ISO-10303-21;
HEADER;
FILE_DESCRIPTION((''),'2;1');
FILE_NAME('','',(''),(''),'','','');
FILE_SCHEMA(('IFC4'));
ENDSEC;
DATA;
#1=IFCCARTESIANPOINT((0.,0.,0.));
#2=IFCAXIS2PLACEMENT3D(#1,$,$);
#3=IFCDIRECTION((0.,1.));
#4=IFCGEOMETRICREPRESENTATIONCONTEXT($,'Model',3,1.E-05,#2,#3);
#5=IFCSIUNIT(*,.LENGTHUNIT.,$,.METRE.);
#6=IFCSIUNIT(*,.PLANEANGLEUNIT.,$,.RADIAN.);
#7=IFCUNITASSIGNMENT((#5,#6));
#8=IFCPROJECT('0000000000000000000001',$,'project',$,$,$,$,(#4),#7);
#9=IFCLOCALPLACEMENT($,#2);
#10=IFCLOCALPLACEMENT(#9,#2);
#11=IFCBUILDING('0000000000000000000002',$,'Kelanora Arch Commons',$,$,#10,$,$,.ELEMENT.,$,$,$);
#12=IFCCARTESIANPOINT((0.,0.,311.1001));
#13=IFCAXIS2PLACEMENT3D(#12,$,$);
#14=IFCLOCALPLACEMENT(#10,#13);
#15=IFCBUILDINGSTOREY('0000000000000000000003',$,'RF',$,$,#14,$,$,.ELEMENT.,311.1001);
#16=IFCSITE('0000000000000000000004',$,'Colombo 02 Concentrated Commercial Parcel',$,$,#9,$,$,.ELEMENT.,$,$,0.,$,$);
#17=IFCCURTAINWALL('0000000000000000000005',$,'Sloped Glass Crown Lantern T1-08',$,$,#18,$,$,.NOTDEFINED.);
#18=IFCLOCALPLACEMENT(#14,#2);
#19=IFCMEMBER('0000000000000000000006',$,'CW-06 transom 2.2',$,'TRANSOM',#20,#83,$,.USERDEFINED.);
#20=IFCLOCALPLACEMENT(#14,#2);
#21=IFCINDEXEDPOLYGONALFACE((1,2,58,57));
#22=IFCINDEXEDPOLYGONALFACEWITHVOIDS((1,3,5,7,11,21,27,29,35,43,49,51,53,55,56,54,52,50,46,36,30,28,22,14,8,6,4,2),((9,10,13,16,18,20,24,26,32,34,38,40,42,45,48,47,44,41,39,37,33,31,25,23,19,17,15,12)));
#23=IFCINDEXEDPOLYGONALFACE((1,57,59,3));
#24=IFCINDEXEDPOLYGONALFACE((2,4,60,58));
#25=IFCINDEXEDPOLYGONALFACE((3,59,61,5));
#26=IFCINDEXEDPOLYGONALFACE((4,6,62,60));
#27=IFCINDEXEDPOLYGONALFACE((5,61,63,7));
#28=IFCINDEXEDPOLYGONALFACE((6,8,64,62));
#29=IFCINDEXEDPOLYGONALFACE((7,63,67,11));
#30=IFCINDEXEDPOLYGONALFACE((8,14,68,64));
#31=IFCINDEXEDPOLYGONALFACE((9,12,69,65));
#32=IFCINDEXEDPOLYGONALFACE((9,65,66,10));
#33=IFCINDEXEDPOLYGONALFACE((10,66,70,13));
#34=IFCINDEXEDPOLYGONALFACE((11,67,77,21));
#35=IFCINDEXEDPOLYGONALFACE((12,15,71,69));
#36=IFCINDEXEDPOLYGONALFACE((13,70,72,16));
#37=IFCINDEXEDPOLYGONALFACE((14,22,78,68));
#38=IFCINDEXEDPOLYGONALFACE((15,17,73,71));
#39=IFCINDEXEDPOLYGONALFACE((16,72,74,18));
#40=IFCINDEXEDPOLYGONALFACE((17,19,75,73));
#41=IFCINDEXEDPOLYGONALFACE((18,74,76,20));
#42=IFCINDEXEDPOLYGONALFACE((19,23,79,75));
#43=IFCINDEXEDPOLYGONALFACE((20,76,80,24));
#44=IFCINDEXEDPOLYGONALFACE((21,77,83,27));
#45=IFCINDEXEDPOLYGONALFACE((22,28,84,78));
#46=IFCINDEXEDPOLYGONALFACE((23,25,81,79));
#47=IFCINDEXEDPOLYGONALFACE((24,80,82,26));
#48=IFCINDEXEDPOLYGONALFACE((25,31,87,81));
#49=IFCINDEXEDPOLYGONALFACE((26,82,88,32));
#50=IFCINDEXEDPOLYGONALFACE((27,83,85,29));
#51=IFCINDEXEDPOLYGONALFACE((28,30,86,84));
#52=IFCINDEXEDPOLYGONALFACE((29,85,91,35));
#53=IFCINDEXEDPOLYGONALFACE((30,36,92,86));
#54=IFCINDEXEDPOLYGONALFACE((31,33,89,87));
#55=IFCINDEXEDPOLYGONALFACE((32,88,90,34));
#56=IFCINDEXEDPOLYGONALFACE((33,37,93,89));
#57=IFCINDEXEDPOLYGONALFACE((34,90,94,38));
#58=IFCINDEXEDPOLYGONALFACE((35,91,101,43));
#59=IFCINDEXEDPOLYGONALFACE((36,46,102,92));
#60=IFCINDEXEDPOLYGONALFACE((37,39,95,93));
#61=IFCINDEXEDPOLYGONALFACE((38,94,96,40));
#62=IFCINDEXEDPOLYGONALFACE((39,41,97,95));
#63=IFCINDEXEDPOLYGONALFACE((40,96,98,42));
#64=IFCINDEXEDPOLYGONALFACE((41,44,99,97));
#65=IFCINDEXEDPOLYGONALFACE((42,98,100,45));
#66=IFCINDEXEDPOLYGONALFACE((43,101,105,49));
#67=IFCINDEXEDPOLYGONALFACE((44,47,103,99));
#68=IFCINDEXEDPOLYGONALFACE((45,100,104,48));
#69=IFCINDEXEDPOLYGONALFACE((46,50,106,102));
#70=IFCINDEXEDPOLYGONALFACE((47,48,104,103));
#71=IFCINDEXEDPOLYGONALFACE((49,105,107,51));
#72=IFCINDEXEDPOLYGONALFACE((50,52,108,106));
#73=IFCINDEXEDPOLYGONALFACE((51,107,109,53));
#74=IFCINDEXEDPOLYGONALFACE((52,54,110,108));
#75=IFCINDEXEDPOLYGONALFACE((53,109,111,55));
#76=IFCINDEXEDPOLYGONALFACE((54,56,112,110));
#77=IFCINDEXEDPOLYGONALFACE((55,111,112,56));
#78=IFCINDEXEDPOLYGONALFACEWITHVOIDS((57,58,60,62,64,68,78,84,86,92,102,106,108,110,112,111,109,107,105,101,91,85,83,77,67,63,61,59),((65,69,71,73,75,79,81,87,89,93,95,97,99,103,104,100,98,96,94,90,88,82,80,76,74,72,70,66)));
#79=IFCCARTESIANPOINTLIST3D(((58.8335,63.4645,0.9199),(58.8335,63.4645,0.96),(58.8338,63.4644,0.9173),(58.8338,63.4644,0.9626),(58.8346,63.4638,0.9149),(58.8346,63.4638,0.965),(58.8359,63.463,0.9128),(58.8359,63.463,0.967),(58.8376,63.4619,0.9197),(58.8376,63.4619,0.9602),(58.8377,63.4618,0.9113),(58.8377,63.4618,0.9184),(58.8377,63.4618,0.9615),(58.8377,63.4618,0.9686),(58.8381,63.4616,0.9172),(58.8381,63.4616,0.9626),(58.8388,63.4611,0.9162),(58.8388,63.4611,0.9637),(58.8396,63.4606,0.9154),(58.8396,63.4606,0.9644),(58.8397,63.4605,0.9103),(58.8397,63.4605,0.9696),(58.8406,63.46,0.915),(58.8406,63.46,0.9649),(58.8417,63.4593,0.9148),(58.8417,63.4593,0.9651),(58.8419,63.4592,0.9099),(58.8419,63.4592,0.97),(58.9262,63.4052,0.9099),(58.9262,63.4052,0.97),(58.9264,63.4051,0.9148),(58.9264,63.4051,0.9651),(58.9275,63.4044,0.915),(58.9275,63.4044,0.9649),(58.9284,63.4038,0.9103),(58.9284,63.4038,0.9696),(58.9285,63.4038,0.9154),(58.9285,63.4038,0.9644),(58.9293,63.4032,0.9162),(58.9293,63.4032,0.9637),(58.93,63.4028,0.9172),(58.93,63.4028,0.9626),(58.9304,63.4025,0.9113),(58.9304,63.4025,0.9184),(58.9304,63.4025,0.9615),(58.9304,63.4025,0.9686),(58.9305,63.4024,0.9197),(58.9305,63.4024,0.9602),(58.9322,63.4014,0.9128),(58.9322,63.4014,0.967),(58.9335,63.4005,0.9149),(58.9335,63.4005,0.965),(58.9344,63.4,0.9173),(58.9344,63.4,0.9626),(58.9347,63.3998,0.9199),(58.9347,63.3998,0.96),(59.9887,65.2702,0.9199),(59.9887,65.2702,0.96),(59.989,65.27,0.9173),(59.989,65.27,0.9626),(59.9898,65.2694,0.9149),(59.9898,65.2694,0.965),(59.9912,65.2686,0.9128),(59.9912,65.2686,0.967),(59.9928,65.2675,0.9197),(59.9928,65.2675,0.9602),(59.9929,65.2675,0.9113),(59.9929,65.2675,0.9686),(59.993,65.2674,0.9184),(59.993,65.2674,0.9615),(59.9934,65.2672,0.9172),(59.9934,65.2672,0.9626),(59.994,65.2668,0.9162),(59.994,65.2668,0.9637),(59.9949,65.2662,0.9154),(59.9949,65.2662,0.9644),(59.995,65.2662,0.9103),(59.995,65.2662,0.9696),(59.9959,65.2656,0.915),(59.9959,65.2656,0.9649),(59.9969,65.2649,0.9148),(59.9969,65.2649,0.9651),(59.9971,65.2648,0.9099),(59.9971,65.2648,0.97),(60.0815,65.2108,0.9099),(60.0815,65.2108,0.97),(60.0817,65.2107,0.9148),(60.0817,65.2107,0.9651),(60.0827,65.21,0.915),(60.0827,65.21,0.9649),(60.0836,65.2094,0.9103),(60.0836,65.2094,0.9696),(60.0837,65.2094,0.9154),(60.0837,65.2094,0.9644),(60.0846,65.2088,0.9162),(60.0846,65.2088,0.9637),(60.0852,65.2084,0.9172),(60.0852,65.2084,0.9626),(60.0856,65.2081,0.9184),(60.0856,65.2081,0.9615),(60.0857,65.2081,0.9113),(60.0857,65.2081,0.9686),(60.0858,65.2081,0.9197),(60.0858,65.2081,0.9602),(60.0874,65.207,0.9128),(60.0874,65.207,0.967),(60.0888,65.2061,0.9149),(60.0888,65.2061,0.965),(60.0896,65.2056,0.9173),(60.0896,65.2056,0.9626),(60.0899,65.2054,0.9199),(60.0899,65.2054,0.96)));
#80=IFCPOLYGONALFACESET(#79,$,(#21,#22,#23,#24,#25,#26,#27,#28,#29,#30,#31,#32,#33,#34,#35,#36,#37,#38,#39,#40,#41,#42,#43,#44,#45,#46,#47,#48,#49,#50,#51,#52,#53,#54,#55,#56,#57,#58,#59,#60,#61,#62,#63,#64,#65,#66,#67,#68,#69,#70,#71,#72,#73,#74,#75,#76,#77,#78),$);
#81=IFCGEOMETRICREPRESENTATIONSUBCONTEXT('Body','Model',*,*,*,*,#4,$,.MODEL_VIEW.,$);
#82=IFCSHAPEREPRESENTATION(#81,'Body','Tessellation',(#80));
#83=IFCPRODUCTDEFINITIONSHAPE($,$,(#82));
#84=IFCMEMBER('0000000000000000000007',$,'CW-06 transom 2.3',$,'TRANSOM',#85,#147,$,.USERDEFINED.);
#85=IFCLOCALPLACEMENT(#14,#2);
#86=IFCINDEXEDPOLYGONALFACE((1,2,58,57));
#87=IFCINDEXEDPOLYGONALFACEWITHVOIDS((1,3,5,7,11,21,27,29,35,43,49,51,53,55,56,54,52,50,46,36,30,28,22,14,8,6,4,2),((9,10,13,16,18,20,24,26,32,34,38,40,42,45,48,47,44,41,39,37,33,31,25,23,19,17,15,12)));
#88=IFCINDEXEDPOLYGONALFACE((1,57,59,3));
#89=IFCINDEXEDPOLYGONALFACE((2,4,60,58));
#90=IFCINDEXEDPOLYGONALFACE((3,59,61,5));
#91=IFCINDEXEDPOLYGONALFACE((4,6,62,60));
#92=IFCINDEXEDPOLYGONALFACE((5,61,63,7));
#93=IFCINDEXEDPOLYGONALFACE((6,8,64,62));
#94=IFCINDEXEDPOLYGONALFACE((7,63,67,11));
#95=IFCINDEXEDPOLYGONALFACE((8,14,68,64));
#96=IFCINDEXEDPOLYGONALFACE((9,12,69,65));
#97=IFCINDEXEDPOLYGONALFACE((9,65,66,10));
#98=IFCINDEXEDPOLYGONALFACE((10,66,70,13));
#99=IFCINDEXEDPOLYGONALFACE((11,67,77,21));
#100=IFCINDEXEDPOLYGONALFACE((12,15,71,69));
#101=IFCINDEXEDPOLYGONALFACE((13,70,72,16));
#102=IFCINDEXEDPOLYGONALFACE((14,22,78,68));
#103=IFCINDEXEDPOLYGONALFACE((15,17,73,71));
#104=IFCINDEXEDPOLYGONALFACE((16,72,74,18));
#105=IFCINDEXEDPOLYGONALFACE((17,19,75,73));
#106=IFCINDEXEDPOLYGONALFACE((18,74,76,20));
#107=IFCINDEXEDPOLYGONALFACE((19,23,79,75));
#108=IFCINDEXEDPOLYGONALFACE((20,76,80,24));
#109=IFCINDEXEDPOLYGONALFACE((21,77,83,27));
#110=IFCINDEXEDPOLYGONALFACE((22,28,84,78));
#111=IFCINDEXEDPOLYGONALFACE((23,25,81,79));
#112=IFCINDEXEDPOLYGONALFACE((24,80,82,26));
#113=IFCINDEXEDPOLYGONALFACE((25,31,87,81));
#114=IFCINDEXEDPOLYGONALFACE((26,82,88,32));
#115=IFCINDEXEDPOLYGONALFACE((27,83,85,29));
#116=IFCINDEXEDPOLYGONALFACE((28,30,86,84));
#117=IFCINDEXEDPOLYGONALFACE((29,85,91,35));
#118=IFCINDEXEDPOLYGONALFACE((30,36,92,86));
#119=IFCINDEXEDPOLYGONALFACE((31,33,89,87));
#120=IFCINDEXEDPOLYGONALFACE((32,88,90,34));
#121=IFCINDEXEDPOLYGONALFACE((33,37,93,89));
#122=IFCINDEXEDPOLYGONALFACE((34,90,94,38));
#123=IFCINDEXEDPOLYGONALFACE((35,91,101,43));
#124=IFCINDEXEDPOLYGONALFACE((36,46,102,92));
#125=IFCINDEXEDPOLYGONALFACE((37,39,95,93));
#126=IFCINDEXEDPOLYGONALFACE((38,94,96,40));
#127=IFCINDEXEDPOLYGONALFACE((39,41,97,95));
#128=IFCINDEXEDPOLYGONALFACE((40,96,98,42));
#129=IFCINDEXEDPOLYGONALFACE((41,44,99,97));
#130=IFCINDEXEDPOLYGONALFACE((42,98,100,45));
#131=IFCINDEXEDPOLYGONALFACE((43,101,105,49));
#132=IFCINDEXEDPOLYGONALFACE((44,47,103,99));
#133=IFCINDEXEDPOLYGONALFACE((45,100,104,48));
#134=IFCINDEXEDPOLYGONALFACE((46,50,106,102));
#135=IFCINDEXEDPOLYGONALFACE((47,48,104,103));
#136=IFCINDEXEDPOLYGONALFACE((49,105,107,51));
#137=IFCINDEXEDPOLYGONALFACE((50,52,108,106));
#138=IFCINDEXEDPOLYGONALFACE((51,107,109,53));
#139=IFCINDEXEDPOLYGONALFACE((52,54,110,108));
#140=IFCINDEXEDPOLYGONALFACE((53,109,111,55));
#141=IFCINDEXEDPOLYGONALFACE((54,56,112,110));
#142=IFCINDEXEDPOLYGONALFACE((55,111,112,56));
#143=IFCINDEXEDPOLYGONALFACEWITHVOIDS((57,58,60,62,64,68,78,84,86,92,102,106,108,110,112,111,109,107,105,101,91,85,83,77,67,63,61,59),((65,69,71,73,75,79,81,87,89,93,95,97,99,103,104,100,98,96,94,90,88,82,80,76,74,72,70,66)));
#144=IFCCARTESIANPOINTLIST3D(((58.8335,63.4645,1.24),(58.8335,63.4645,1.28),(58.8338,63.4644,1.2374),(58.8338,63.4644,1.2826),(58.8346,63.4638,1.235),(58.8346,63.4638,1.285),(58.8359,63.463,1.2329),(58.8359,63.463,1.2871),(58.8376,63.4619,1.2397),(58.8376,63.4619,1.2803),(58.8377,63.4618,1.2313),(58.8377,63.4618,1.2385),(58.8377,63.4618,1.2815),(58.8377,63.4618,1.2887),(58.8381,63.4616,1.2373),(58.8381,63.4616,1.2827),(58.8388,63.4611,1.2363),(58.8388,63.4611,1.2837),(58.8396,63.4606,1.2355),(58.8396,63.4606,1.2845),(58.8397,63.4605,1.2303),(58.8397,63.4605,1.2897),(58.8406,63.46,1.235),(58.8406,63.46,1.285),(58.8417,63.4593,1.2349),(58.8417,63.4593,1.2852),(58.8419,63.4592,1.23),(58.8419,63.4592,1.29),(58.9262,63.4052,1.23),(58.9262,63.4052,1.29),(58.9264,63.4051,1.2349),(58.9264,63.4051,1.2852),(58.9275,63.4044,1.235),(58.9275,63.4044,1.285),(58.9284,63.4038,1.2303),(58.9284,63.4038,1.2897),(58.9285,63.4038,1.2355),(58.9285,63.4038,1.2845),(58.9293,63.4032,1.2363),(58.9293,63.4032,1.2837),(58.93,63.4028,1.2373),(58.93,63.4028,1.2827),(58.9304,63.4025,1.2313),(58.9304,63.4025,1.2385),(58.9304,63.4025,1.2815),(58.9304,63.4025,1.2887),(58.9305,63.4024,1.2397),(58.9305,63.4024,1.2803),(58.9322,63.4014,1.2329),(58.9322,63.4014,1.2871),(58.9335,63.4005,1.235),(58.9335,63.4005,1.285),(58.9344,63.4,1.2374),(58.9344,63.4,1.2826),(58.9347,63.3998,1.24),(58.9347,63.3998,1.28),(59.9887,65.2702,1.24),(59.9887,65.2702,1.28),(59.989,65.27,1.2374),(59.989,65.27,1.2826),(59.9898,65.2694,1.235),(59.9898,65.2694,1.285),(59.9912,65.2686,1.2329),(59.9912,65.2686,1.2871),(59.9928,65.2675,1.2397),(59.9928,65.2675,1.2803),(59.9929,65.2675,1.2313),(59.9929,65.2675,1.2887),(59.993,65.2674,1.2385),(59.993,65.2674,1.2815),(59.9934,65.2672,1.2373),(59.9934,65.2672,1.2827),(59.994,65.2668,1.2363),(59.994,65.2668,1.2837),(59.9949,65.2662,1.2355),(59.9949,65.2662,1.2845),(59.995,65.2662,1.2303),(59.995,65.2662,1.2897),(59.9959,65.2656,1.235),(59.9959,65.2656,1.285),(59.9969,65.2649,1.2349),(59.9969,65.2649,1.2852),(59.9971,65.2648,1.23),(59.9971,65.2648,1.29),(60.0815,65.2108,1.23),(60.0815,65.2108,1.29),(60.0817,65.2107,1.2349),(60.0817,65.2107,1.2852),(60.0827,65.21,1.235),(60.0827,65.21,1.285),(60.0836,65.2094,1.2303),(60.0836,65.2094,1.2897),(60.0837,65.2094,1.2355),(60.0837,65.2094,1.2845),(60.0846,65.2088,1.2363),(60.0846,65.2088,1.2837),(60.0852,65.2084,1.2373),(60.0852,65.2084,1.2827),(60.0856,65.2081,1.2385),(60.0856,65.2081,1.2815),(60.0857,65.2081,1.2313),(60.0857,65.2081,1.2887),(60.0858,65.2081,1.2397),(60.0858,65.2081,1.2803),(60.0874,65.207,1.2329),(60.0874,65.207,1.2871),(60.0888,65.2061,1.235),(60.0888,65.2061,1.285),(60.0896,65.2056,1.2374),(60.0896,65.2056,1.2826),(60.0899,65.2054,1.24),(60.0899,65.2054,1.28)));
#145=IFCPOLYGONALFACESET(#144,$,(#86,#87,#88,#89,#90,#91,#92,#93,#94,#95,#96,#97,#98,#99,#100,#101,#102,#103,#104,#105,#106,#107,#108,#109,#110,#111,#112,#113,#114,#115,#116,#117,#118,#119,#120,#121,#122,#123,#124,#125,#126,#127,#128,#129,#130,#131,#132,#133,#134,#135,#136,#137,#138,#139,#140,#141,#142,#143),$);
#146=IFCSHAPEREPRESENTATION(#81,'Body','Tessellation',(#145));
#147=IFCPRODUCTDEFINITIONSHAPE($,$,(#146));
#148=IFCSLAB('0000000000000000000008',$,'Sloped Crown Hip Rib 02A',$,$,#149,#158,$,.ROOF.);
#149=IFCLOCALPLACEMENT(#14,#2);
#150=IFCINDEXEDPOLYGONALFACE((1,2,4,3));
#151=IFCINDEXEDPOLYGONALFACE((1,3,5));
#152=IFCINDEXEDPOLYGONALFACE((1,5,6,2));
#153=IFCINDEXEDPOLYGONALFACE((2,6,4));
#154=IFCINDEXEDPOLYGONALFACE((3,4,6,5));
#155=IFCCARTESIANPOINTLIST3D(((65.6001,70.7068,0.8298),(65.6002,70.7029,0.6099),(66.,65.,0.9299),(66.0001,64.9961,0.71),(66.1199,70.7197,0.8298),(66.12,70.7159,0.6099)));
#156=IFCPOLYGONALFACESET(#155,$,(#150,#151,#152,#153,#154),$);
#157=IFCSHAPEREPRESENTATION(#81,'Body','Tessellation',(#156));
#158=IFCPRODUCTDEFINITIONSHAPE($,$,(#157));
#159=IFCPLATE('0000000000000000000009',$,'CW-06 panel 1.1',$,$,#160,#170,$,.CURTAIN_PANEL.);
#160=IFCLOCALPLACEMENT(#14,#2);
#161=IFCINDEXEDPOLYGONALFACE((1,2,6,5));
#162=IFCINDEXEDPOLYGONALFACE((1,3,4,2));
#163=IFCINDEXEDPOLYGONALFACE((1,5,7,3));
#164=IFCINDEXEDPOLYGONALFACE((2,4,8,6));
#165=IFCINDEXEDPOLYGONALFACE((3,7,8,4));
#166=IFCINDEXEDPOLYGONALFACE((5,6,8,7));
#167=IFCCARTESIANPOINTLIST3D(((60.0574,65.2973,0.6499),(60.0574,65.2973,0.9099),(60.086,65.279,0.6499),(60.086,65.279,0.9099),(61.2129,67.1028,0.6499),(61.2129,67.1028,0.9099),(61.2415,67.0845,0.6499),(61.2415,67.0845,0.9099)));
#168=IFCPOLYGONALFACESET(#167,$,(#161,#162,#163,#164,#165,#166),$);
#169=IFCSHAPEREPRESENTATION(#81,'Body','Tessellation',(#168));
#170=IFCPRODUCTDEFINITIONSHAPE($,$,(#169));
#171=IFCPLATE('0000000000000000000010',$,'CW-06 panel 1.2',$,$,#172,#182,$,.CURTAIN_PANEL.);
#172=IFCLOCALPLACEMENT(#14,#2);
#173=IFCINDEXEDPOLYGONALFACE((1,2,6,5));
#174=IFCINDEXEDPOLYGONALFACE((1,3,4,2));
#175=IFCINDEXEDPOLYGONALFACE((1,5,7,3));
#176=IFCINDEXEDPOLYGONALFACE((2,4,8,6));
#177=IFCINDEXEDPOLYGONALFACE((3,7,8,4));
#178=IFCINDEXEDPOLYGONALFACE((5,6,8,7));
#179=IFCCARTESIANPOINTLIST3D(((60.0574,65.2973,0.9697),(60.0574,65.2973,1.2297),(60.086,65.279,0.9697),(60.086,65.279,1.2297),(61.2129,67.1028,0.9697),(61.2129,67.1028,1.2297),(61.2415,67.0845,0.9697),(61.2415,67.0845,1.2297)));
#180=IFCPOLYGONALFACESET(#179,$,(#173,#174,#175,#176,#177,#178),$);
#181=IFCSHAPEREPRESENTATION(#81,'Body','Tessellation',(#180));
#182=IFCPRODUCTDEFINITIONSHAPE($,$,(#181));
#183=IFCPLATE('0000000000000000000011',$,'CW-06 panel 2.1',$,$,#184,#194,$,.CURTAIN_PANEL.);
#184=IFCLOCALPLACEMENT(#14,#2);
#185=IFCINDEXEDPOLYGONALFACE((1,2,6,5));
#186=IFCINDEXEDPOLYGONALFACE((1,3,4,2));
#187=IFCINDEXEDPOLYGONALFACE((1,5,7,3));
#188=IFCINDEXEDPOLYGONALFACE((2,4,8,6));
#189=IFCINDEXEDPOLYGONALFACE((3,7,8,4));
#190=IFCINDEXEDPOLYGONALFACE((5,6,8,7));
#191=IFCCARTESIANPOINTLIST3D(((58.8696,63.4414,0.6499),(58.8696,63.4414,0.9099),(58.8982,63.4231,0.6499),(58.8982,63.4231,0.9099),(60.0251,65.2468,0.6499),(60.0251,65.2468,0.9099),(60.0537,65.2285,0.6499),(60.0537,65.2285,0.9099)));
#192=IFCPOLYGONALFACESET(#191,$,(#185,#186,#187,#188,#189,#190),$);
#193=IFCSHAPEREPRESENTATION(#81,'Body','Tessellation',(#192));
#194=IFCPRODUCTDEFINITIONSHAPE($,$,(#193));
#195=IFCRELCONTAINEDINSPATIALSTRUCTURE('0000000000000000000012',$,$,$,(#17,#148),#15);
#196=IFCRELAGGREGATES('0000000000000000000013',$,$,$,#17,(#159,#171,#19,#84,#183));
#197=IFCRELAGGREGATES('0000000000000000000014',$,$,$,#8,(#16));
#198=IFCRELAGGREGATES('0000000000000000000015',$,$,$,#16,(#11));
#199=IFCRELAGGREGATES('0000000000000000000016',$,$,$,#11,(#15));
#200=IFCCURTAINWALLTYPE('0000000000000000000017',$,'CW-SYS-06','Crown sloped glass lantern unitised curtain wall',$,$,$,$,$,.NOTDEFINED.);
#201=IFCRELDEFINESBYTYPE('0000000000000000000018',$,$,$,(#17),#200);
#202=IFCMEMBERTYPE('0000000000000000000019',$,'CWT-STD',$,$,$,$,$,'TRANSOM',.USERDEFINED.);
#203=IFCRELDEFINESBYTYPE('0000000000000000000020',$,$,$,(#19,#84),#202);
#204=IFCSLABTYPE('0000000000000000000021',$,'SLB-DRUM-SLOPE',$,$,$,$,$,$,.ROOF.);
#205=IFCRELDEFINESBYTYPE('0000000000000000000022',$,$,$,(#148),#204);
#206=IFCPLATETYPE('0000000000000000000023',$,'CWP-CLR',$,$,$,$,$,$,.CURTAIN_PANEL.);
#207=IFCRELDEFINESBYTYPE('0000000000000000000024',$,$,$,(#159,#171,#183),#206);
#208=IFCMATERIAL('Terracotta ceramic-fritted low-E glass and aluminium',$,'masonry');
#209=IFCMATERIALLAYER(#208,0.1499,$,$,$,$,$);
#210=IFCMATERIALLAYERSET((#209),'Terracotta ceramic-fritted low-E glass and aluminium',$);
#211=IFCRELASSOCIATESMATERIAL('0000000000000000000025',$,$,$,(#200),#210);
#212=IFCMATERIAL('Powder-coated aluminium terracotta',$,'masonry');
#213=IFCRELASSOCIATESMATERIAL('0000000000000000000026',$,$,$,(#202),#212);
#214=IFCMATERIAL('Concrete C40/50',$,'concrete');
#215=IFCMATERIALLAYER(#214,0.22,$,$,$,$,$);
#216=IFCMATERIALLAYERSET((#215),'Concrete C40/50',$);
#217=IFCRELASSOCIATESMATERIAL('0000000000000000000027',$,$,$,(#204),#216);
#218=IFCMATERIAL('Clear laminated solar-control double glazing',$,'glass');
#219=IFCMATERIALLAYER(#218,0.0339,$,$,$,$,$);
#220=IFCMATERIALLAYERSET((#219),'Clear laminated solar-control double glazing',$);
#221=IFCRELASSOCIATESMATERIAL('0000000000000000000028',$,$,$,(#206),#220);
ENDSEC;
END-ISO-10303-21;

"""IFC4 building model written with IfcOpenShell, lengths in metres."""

from ifc_helpers import new_model, si_unit, direction, frame, origin, origin_2d, place, context, subcontext, project, spatial, polyline, rectangle, hollow_rectangle, outline, extrude, source, transform, mapped, material, layer, layer_set, material_profile, profile_set, type_object, element, aggregate, save


model = new_model("IFC4")

# Units and contexts
model_context = context("Model", 3, precision=1e-05, world=origin(), true_north=direction((0.0, 1.0)))
body_context = subcontext(model_context, "Body", "Model", "MODEL_VIEW")
ifc_project = project(units=[si_unit("LENGTHUNIT", "METRE"), si_unit("PLANEANGLEUNIT", "RADIAN")], contexts=[model_context])

# Site, building, storey
site_placement = place(None, origin())
site = spatial("IfcSite", under=ifc_project, at=site_placement, Name="Colombo 02 Concentrated Commercial Parcel", CompositionType="ELEMENT", RefElevation=0.0)
building_placement = place(site_placement, origin())
building = spatial("IfcBuilding", under=site, at=building_placement, Name="Kelanora Arch Commons", CompositionType="ELEMENT")
storey_placement = place(building_placement, frame((0.0, 0.0, 311.1001)))
storey = spatial("IfcBuildingStorey", under=building, at=storey_placement, Name="RF", CompositionType="ELEMENT", Elevation=311.1001)

# Curtain wall
ifc_material_1 = material(Name="Terracotta ceramic-fritted low-E glass and aluminium", Category="masonry")
ifc_layer_1 = layer(ifc_material_1, 0.1499)
ifc_layer_set_1 = layer_set([ifc_layer_1], Name="Terracotta ceramic-fritted low-E glass and aluminium")
curtain_wall_type = type_object("IfcCurtainWallType", Name="CW-SYS-06", Description="Crown sloped glass lantern unitised curtain wall", PredefinedType="NOTDEFINED", material=ifc_layer_set_1)
ifc_material_2 = material(Name="Powder-coated aluminium terracotta", Category="masonry")
curtain_wall_1_placement = place(storey_placement, origin())
curtain_wall_1 = element("IfcCurtainWall", 1, at=curtain_wall_1_placement, inside=storey, type_object=curtain_wall_type, Name="Sloped Glass Crown Lantern T1-08", PredefinedType="NOTDEFINED")

# Members
ifc_material_profile_1 = material_profile(ifc_material_2, hollow_rectangle(XDim=0.1201, YDim=0.0601, WallThickness=0.0049, InnerFilletRadius=0.0049, OuterFilletRadius=0.01, at=origin_2d()), Name="CWT120x60")
ifc_profile_set_1 = profile_set([ifc_material_profile_1], Name="Powder-coated aluminium terracotta")
member_type_1 = type_object("IfcMemberType", Name="CWT-STD", ElementType="TRANSOM", PredefinedType="USERDEFINED", material=ifc_profile_set_1)
member_1_placement = place(storey_placement, frame((60.0393, 65.2378, 0.9399), z_axis=(-0.538937, -0.842346, 0.0), x_axis=(0.842346, -0.538937, 0.0)))
member_1 = element("IfcMember", 2, at=member_1_placement, type_object=member_type_1, Name="CW-06 transom 2.2", ObjectType="TRANSOM", PredefinedType="USERDEFINED", context=body_context, shape_type="SweptSolid", body=[
    extrude(hollow_rectangle(XDim=0.1201, YDim=0.0601, WallThickness=0.0049, InnerFilletRadius=0.0049, OuterFilletRadius=0.01, at=origin_2d()), origin(), (0.0, 0.0, 1.0), 2.1436),
])
member_2_placement = place(storey_placement, frame((60.0393, 65.2378, 1.26), z_axis=(-0.538937, -0.842346, 0.0), x_axis=(0.842346, -0.538937, 0.0)))
member_2 = element("IfcMember", 3, at=member_2_placement, type_object=member_type_1, Name="CW-06 transom 2.3", ObjectType="TRANSOM", PredefinedType="USERDEFINED", context=body_context, shape_type="SweptSolid", body=[
    extrude(hollow_rectangle(XDim=0.1201, YDim=0.0601, WallThickness=0.0049, InnerFilletRadius=0.0049, OuterFilletRadius=0.01, at=origin_2d()), origin(), (0.0, 0.0, 1.0), 2.1436),
])

# Slab
ifc_material_3 = material(Name="Concrete C40/50", Category="concrete")
ifc_layer_2 = layer(ifc_material_3, 0.22)
ifc_layer_set_2 = layer_set([ifc_layer_2], Name="Concrete C40/50")
slab_type = type_object("IfcSlabType", Name="SLB-DRUM-SLOPE", PredefinedType="ROOF", material=ifc_layer_set_2)
slab_placement = place(storey_placement, frame((65.6001, 70.7068, 0.8298), z_axis=(-0.000436, 0.017507, 0.999847), x_axis=(0.99969, 0.024887, 0.0)))
element("IfcSlab", 4, at=slab_placement, inside=storey, type_object=slab_type, Name="Sloped Crown Hip Rib 02A", PredefinedType="ROOF", context=body_context, shape_type="SweptSolid", body=[
    extrude(outline(polyline([(0.0, 0.0), (0.5199, 0.0), (0.2578, -5.7158), (0.0, 0.0)])), origin(), (0.0, 0.0, -1.0), 0.22),
])

# Plates
ifc_material_4 = material(Name="Clear laminated solar-control double glazing", Category="glass")
ifc_layer_3 = layer(ifc_material_4, 0.0339)
ifc_layer_set_3 = layer_set([ifc_layer_3], Name="Clear laminated solar-control double glazing")
plate_type = type_object("IfcPlateType", Name="CWP-CLR", PredefinedType="CURTAIN_PANEL", material=ifc_layer_set_3)
shared_shape_1 = source(origin(), body_context, "Body", "SweptSolid", [
    extrude(rectangle(XDim=2.1436, YDim=0.0339, at=origin_2d()), origin(), (0.0, 0.0, 1.0), 0.26),
])
plate_1_placement = place(storey_placement, frame((60.6494, 66.1909, 0.6499), z_axis=(0.0, 0.0, 1.0), x_axis=(-0.539054, -0.842271, 0.0)))
plate_1 = element("IfcPlate", 5, at=plate_1_placement, type_object=plate_type, Name="CW-06 panel 1.1", PredefinedType="CURTAIN_PANEL", context=body_context, shape_type="MappedRepresentation", body=[
    mapped(shared_shape_1, transform((0.0, 0.0, 0.0), scale=1.0)),
])
plate_2_placement = place(storey_placement, frame((60.6494, 66.1909, 0.9697), z_axis=(0.0, 0.0, 1.0), x_axis=(-0.539054, -0.842271, 0.0)))
plate_2 = element("IfcPlate", 6, at=plate_2_placement, type_object=plate_type, Name="CW-06 panel 1.2", PredefinedType="CURTAIN_PANEL", context=body_context, shape_type="MappedRepresentation", body=[
    mapped(shared_shape_1, transform((0.0, 0.0, 0.0), scale=1.0)),
])
plate_3_placement = place(storey_placement, frame((59.4617, 64.335, 0.6499), z_axis=(0.0, 0.0, 1.0), x_axis=(-0.539054, -0.842271, 0.0)))
plate_3 = element("IfcPlate", 7, at=plate_3_placement, type_object=plate_type, Name="CW-06 panel 2.1", PredefinedType="CURTAIN_PANEL", context=body_context, shape_type="MappedRepresentation", body=[
    mapped(shared_shape_1, transform((0.0, 0.0, 0.0), scale=1.0)),
])
aggregate(curtain_wall_1, [plate_1, plate_2, member_1, member_2, plate_3])

save(model, "model.ifc")
